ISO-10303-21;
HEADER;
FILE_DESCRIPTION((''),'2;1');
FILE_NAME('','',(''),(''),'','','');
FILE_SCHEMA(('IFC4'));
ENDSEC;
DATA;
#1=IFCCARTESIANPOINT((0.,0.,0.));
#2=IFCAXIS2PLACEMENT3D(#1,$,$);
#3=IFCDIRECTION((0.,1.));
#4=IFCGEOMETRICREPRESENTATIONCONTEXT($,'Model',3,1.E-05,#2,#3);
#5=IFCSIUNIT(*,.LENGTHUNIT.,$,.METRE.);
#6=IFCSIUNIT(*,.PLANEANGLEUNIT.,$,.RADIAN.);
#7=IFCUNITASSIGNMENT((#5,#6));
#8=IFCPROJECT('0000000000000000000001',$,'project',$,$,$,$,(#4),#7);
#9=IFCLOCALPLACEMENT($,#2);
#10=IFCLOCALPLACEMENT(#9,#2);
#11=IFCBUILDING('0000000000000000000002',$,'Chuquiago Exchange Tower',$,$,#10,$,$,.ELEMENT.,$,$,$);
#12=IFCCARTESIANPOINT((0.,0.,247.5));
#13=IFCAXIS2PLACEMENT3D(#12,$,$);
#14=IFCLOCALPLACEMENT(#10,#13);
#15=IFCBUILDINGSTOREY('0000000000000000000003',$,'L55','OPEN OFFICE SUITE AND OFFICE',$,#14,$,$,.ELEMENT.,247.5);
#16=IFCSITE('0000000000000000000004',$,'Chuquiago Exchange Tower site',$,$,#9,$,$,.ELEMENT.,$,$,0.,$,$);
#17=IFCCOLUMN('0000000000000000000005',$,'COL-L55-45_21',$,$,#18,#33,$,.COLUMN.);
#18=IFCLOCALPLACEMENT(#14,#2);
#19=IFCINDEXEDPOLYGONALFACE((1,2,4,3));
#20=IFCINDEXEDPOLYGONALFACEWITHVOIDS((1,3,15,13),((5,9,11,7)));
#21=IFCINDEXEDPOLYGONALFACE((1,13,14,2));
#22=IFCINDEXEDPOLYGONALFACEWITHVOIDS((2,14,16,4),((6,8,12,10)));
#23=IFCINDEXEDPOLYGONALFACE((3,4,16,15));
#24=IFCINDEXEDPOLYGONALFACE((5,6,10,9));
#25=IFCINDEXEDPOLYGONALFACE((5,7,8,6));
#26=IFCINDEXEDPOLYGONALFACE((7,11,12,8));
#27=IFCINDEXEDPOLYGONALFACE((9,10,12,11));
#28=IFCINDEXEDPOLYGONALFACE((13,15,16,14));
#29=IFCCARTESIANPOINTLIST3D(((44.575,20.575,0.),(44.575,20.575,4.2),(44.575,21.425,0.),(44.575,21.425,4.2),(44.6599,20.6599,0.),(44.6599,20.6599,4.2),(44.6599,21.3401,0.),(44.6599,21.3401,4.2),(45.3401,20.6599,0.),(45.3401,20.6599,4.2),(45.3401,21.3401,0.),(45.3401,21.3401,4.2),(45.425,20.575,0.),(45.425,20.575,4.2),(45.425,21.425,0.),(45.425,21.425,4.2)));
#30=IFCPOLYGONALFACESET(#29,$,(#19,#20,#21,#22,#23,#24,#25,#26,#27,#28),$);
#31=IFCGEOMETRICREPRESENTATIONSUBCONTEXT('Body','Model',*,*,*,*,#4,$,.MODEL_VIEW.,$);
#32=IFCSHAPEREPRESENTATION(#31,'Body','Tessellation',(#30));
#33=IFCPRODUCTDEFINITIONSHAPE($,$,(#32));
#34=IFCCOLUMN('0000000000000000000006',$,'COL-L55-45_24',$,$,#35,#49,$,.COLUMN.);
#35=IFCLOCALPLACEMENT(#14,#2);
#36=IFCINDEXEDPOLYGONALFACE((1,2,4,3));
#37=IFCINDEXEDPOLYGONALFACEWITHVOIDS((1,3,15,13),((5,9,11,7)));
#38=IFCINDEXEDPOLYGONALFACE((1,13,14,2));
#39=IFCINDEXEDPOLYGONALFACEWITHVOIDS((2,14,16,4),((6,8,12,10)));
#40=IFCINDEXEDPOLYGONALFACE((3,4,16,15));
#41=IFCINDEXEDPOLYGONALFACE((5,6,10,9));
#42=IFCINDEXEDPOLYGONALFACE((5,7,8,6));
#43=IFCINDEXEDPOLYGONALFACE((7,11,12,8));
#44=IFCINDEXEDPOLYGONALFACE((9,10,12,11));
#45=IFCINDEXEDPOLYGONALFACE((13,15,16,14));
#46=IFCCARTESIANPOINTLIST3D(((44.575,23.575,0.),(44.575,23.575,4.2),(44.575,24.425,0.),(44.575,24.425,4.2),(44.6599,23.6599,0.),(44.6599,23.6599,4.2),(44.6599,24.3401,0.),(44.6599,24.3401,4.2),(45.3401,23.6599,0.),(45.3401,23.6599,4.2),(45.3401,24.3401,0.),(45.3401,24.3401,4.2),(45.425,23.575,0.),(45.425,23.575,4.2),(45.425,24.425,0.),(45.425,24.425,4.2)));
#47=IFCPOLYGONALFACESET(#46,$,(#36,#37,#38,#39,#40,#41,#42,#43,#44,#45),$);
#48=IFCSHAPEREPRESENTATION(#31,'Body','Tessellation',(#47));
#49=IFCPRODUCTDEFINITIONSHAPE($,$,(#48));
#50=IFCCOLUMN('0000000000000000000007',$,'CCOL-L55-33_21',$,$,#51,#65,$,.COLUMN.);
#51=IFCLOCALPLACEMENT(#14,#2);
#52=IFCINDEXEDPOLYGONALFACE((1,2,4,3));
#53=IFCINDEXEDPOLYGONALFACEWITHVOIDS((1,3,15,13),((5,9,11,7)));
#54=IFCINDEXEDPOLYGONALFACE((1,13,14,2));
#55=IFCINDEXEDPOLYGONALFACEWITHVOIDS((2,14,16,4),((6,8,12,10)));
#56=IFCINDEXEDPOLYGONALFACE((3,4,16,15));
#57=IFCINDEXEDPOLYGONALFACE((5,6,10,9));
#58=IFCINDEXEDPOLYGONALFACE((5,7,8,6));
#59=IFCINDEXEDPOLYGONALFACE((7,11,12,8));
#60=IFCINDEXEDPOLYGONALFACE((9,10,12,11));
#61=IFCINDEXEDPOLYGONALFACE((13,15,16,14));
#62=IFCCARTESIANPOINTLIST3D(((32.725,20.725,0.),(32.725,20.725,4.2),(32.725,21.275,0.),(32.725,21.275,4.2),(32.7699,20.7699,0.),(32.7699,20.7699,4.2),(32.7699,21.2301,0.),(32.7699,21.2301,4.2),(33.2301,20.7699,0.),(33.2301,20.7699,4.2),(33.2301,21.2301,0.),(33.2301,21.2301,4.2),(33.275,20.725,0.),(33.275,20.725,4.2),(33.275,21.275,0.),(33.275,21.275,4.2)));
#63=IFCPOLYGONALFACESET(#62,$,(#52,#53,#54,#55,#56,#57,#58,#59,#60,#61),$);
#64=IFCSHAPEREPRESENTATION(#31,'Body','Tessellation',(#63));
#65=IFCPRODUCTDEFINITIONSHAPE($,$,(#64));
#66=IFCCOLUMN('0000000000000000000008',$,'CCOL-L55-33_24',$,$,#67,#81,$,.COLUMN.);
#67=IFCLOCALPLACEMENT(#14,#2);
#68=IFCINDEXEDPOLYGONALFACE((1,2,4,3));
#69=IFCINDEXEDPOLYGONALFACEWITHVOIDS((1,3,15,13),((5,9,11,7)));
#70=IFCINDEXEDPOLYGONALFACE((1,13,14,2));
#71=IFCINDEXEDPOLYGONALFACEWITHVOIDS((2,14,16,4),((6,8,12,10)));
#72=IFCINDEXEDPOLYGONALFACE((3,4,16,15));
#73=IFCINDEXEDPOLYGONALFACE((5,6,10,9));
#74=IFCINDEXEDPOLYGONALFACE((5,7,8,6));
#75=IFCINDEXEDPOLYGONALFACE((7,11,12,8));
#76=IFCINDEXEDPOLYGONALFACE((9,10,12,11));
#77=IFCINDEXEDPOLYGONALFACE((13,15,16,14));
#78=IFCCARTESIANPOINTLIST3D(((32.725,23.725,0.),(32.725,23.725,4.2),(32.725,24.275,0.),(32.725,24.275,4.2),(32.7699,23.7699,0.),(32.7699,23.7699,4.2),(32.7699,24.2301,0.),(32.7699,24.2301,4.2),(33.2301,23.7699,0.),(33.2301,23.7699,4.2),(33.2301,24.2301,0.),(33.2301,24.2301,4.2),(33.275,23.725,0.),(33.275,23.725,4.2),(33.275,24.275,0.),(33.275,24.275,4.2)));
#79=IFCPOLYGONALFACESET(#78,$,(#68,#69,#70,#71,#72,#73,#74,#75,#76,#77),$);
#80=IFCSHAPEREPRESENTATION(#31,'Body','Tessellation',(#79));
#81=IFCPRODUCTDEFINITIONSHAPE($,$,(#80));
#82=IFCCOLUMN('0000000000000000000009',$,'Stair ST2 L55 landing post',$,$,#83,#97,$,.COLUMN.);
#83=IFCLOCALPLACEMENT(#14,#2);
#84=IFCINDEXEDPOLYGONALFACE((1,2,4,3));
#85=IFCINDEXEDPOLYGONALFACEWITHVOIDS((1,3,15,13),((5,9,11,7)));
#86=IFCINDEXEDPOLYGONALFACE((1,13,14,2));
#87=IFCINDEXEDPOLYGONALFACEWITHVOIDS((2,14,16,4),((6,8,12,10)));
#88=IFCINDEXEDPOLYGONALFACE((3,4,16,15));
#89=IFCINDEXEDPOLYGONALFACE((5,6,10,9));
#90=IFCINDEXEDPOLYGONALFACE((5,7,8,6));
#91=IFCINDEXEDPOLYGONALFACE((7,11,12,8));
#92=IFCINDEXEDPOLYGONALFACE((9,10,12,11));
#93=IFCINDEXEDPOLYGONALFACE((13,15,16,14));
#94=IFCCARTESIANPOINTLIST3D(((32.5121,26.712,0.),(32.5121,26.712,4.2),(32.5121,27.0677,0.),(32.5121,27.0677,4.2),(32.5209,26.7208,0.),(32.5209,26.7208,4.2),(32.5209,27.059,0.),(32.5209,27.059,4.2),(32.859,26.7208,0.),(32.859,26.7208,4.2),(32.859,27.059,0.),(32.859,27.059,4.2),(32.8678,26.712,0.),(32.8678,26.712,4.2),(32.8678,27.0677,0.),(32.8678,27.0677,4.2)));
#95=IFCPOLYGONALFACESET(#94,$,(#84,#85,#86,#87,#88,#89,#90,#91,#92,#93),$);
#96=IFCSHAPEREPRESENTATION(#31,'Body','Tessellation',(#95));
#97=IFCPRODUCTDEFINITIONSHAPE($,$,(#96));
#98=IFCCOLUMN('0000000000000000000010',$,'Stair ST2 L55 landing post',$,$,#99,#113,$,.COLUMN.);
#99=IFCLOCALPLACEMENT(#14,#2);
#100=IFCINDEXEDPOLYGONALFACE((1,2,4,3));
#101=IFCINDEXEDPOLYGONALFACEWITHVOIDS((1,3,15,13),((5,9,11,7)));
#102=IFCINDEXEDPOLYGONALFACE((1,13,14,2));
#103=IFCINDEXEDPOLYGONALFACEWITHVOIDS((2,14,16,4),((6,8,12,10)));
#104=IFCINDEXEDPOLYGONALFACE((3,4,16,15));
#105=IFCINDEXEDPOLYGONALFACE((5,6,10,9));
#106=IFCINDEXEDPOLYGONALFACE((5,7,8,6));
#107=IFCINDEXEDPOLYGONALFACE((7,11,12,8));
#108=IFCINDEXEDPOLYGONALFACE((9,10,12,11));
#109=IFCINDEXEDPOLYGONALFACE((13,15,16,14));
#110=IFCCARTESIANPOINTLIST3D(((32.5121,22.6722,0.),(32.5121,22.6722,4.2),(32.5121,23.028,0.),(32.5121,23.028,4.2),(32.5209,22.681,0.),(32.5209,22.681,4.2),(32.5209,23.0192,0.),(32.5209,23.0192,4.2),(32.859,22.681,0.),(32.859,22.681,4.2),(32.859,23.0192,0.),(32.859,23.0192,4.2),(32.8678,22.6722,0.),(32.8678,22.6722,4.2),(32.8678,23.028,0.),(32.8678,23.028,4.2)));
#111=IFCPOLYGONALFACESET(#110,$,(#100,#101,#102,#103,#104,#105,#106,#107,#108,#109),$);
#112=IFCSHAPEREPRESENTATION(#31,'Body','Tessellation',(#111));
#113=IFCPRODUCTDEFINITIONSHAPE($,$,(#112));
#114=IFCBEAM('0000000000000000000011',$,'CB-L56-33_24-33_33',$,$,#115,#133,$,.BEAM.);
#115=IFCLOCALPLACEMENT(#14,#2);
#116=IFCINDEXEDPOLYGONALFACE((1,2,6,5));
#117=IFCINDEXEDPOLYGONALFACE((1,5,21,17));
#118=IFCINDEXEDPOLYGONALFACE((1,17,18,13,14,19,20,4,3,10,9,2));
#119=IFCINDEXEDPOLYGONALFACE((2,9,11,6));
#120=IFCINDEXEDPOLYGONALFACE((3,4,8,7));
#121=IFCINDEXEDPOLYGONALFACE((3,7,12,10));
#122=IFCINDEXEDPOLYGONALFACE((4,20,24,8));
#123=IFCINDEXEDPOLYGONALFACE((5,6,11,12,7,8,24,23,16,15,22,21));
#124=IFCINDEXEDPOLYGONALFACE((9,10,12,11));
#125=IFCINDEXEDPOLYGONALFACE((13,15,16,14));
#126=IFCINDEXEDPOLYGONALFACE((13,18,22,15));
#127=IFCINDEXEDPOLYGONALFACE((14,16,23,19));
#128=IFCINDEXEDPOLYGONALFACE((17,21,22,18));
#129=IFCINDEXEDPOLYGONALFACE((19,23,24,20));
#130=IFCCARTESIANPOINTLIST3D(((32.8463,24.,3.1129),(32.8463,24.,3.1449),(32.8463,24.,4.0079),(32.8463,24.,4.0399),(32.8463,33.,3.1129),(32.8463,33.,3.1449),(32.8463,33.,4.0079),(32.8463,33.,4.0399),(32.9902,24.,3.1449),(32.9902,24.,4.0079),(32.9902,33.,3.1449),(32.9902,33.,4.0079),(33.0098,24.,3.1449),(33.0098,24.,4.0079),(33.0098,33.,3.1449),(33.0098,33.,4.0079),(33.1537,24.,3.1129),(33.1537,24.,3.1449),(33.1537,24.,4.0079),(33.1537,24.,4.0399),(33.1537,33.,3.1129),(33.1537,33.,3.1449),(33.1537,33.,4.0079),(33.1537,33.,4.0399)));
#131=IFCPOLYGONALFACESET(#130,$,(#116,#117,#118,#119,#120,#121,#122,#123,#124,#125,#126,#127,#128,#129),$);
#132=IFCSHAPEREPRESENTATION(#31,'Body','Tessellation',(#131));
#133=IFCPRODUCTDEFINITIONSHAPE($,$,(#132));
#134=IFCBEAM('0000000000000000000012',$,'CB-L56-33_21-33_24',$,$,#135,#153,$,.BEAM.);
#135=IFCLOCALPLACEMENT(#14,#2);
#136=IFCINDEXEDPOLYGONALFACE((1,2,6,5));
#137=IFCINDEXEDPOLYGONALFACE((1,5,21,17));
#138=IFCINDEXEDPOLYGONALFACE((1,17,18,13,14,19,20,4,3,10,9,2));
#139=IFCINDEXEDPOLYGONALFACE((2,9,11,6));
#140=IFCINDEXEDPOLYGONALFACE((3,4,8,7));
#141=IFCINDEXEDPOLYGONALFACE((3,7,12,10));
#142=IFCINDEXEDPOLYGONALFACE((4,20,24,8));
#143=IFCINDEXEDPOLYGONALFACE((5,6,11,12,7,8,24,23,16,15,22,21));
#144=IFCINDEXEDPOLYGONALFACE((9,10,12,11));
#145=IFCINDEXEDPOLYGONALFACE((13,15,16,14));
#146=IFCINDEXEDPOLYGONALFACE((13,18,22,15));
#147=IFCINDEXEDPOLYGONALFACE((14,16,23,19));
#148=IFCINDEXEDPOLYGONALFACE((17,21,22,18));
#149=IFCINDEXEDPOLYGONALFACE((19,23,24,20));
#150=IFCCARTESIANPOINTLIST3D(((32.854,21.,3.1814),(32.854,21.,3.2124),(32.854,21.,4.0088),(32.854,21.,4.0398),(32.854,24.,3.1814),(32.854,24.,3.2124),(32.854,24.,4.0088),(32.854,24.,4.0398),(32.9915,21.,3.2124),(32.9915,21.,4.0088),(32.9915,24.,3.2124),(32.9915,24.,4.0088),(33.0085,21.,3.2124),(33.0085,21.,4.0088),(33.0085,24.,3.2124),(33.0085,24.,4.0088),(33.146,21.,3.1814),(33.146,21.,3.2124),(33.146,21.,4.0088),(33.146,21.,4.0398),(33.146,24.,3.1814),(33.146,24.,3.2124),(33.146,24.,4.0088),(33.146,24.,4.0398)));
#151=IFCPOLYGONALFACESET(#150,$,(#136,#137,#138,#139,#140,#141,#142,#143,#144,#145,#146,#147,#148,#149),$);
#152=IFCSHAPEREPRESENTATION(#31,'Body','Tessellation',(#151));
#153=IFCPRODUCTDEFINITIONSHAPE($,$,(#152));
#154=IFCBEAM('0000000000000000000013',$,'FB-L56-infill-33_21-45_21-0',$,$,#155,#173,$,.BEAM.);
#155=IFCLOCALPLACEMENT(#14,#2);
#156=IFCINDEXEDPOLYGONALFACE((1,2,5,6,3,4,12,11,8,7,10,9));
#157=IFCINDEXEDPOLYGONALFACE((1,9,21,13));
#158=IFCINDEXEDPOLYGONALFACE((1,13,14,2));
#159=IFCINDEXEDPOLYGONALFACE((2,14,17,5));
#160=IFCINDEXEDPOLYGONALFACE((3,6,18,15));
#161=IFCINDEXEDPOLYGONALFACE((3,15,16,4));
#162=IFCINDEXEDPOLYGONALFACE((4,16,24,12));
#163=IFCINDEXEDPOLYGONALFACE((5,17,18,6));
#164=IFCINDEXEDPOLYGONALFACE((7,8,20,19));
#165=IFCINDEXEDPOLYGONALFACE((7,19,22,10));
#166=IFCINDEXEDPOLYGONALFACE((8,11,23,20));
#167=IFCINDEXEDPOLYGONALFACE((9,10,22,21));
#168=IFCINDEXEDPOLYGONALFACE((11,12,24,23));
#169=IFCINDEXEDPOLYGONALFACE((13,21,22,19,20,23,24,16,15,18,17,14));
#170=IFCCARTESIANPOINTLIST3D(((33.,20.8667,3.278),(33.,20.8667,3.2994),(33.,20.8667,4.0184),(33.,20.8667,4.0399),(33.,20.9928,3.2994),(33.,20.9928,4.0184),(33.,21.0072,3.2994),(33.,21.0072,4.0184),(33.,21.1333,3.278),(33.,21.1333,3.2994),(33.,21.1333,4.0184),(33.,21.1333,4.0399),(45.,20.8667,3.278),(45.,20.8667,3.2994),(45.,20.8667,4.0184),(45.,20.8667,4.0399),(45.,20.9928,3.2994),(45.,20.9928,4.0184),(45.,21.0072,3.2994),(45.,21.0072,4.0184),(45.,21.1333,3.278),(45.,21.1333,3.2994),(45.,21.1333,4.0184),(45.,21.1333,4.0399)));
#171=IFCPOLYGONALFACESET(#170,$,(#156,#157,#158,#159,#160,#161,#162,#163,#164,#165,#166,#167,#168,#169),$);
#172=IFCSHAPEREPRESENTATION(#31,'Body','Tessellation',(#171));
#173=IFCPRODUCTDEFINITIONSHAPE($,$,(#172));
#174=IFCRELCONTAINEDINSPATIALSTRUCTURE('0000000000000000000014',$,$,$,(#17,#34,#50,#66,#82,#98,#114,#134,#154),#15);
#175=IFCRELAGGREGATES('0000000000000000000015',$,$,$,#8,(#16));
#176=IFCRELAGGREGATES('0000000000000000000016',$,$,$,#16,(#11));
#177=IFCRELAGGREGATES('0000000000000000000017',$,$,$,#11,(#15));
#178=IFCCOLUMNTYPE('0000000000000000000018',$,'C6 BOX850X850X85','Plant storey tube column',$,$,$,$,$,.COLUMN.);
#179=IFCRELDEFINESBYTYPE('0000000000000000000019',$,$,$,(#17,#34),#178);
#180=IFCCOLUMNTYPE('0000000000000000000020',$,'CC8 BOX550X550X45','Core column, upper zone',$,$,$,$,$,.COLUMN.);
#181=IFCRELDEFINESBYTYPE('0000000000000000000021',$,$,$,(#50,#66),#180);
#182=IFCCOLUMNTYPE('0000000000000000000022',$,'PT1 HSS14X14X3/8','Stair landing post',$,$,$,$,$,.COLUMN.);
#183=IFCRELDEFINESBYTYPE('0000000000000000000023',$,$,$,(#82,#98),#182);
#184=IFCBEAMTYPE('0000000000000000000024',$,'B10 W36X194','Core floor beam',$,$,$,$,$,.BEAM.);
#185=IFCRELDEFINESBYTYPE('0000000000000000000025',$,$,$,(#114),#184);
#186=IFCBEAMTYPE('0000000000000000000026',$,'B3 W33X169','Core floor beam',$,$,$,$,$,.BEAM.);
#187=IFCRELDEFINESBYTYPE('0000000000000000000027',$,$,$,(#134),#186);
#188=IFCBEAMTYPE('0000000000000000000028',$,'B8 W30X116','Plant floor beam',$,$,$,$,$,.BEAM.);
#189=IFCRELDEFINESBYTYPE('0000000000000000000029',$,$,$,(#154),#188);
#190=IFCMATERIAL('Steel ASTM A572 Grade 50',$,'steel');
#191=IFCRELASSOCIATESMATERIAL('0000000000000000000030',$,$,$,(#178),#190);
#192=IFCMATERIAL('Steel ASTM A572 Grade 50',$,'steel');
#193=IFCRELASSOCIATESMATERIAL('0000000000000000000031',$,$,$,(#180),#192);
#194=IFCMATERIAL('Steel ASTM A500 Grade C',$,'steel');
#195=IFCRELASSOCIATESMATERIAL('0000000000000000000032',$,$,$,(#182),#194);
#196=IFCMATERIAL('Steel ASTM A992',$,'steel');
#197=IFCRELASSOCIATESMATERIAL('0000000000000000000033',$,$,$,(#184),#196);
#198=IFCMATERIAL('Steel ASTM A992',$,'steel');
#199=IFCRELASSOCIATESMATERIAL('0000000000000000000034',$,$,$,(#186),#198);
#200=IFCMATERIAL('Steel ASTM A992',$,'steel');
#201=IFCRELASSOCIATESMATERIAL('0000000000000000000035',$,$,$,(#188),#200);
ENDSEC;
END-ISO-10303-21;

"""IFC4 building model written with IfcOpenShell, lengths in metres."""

from ifc_helpers import new_model, si_unit, direction, frame, origin, origin_2d, place, context, subcontext, project, spatial, hollow_rectangle, i_section, extrude, material, material_profile, profile_set, type_object, element, save


model = new_model("IFC4")

# Units and contexts
model_context = context("Model", 3, precision=1e-05, world=origin(), true_north=direction((0.0, 1.0)))
body_context = subcontext(model_context, "Body", "Model", "MODEL_VIEW")
ifc_project = project(units=[si_unit("LENGTHUNIT", "METRE"), si_unit("PLANEANGLEUNIT", "RADIAN")], contexts=[model_context])

# Site, building, storey
site_placement = place(None, origin())
site = spatial("IfcSite", under=ifc_project, at=site_placement, Name="Chuquiago Exchange Tower site", CompositionType="ELEMENT", RefElevation=0.0)
building_placement = place(site_placement, origin())
building = spatial("IfcBuilding", under=site, at=building_placement, Name="Chuquiago Exchange Tower", CompositionType="ELEMENT")
storey_placement = place(building_placement, frame((0.0, 0.0, 247.5)))
storey = spatial("IfcBuildingStorey", under=building, at=storey_placement, Name="L55", Description="OPEN OFFICE SUITE AND OFFICE", CompositionType="ELEMENT", Elevation=247.5)

# Columns
ifc_material_1 = material(Name="Steel ASTM A572 Grade 50", Category="steel")
ifc_material_profile_1 = material_profile(ifc_material_1, hollow_rectangle(XDim=0.8501, YDim=0.8501, WallThickness=0.085, at=origin_2d()), Name="BOX850X850X85")
ifc_profile_set_1 = profile_set([ifc_material_profile_1], Name="Steel ASTM A572 Grade 50")
column_type_1 = type_object("IfcColumnType", Name="C6 BOX850X850X85", Description="Plant storey tube column", PredefinedType="COLUMN", material=ifc_profile_set_1)
for number, where, z_axis, x_axis, name in (
    (1, (45.0, 21.0, 0.0), (0.0, 0.0, 1.0), (1.0, 0.0, 0.0), "COL-L55-45_21"),
    (2, (45.0, 24.0, 0.0), (0.0, 0.0, 1.0), (1.0, 0.0, 0.0), "COL-L55-45_24"),
):
    element("IfcColumn", number, at=place(storey_placement, frame(where, z_axis=z_axis, x_axis=x_axis)), inside=storey, type_object=column_type_1, Name=name, PredefinedType="COLUMN", context=body_context, shape_type="SweptSolid", body=[
        extrude(hollow_rectangle(XDim=0.8501, YDim=0.8501, WallThickness=0.085, at=origin_2d()), origin(), (0.0, 0.0, 1.0), 4.2),
    ])
ifc_material_2 = material(Name="Steel ASTM A572 Grade 50", Category="steel")
ifc_material_profile_2 = material_profile(ifc_material_2, hollow_rectangle(XDim=0.55, YDim=0.55, WallThickness=0.0449, at=origin_2d()), Name="BOX550X550X45")
ifc_profile_set_2 = profile_set([ifc_material_profile_2], Name="Steel ASTM A572 Grade 50")
column_type_2 = type_object("IfcColumnType", Name="CC8 BOX550X550X45", Description="Core column, upper zone", PredefinedType="COLUMN", material=ifc_profile_set_2)
for number, where, z_axis, x_axis, name in (
    (3, (33.0, 21.0, 0.0), (0.0, 0.0, 1.0), (1.0, 0.0, 0.0), "CCOL-L55-33_21"),
    (4, (33.0, 24.0, 0.0), (0.0, 0.0, 1.0), (1.0, 0.0, 0.0), "CCOL-L55-33_24"),
):
    element("IfcColumn", number, at=place(storey_placement, frame(where, z_axis=z_axis, x_axis=x_axis)), inside=storey, type_object=column_type_2, Name=name, PredefinedType="COLUMN", context=body_context, shape_type="SweptSolid", body=[
        extrude(hollow_rectangle(XDim=0.55, YDim=0.55, WallThickness=0.0449, at=origin_2d()), origin(), (0.0, 0.0, 1.0), 4.2),
    ])
ifc_material_3 = material(Name="Steel ASTM A500 Grade C", Category="steel")
ifc_material_profile_3 = material_profile(ifc_material_3, hollow_rectangle(XDim=0.3557, YDim=0.3557, WallThickness=0.0088, at=origin_2d()), Name="HSS14X14X3/8")
ifc_profile_set_3 = profile_set([ifc_material_profile_3], Name="Steel ASTM A500 Grade C")
column_type_3 = type_object("IfcColumnType", Name="PT1 HSS14X14X3/8", Description="Stair landing post", PredefinedType="COLUMN", material=ifc_profile_set_3)
for number, where, z_axis, x_axis, name in (
    (5, (32.6899, 26.8899, 0.0), (0.0, 0.0, 1.0), (1.0, 0.0, 0.0), "Stair ST2 L55 landing post"),
    (6, (32.6899, 22.8501, 0.0), (0.0, 0.0, 1.0), (1.0, 0.0, 0.0), "Stair ST2 L55 landing post"),
):
    element("IfcColumn", number, at=place(storey_placement, frame(where, z_axis=z_axis, x_axis=x_axis)), inside=storey, type_object=column_type_3, Name=name, PredefinedType="COLUMN", context=body_context, shape_type="SweptSolid", body=[
        extrude(hollow_rectangle(XDim=0.3557, YDim=0.3557, WallThickness=0.0088, at=origin_2d()), origin(), (0.0, 0.0, 1.0), 4.2),
    ])

# Beams
ifc_material_4 = material(Name="Steel ASTM A992", Category="steel")
ifc_material_profile_4 = material_profile(ifc_material_4, i_section(OverallWidth=0.3074, OverallDepth=0.927, WebThickness=0.0195, FlangeThickness=0.032, at=origin_2d()), Name="W36X194")
ifc_profile_set_4 = profile_set([ifc_material_profile_4], Name="Steel ASTM A992")
beam_type_1 = type_object("IfcBeamType", Name="B10 W36X194", Description="Core floor beam", PredefinedType="BEAM", material=ifc_profile_set_4)
beam_1_placement = place(storey_placement, frame((33.0, 24.0, 3.5764), z_axis=(0.0, 1.0, 0.0), x_axis=(-1.0, 0.0, 0.0)))
element("IfcBeam", 7, at=beam_1_placement, inside=storey, type_object=beam_type_1, Name="CB-L56-33_24-33_33", PredefinedType="BEAM", context=body_context, shape_type="SweptSolid", body=[
    extrude(i_section(OverallWidth=0.3074, OverallDepth=0.927, WebThickness=0.0195, FlangeThickness=0.032, at=origin_2d()), origin(), (0.0, 0.0, 1.0), 9.0),
])
ifc_material_5 = material(Name="Steel ASTM A992", Category="steel")
ifc_material_profile_5 = material_profile(ifc_material_5, i_section(OverallWidth=0.292, OverallDepth=0.8584, WebThickness=0.0171, FlangeThickness=0.031, at=origin_2d()), Name="W33X169")
ifc_profile_set_5 = profile_set([ifc_material_profile_5], Name="Steel ASTM A992")
beam_type_2 = type_object("IfcBeamType", Name="B3 W33X169", Description="Core floor beam", PredefinedType="BEAM", material=ifc_profile_set_5)
beam_2_placement = place(storey_placement, frame((33.0, 21.0, 3.6106), z_axis=(0.0, 1.0, 0.0), x_axis=(-1.0, 0.0, 0.0)))
element("IfcBeam", 8, at=beam_2_placement, inside=storey, type_object=beam_type_2, Name="CB-L56-33_21-33_24", PredefinedType="BEAM", context=body_context, shape_type="SweptSolid", body=[
    extrude(i_section(OverallWidth=0.292, OverallDepth=0.8584, WebThickness=0.0171, FlangeThickness=0.031, at=origin_2d()), origin(), (0.0, 0.0, 1.0), 3.0),
])
ifc_material_6 = material(Name="Steel ASTM A992", Category="steel")
ifc_material_profile_6 = material_profile(ifc_material_6, i_section(OverallWidth=0.2666, OverallDepth=0.762, WebThickness=0.0144, FlangeThickness=0.0215, at=origin_2d()), Name="W30X116")
ifc_profile_set_6 = profile_set([ifc_material_profile_6], Name="Steel ASTM A992")
beam_type_3 = type_object("IfcBeamType", Name="B8 W30X116", Description="Plant floor beam", PredefinedType="BEAM", material=ifc_profile_set_6)
for number, where, z_axis, x_axis, name in (
    (9, (33.0, 21.0, 3.6589), (1.0, 0.0, 0.0), (0.0, 1.0, 0.0), "FB-L56-infill-33_21-45_21-0"),
):
    element("IfcBeam", number, at=place(storey_placement, frame(where, z_axis=z_axis, x_axis=x_axis)), inside=storey, type_object=beam_type_3, Name=name, PredefinedType="BEAM", context=body_context, shape_type="SweptSolid", body=[
        extrude(i_section(OverallWidth=0.2666, OverallDepth=0.762, WebThickness=0.0144, FlangeThickness=0.0215, at=origin_2d()), origin(), (0.0, 0.0, 1.0), 12.0),
    ])

save(model, "model.ifc")
